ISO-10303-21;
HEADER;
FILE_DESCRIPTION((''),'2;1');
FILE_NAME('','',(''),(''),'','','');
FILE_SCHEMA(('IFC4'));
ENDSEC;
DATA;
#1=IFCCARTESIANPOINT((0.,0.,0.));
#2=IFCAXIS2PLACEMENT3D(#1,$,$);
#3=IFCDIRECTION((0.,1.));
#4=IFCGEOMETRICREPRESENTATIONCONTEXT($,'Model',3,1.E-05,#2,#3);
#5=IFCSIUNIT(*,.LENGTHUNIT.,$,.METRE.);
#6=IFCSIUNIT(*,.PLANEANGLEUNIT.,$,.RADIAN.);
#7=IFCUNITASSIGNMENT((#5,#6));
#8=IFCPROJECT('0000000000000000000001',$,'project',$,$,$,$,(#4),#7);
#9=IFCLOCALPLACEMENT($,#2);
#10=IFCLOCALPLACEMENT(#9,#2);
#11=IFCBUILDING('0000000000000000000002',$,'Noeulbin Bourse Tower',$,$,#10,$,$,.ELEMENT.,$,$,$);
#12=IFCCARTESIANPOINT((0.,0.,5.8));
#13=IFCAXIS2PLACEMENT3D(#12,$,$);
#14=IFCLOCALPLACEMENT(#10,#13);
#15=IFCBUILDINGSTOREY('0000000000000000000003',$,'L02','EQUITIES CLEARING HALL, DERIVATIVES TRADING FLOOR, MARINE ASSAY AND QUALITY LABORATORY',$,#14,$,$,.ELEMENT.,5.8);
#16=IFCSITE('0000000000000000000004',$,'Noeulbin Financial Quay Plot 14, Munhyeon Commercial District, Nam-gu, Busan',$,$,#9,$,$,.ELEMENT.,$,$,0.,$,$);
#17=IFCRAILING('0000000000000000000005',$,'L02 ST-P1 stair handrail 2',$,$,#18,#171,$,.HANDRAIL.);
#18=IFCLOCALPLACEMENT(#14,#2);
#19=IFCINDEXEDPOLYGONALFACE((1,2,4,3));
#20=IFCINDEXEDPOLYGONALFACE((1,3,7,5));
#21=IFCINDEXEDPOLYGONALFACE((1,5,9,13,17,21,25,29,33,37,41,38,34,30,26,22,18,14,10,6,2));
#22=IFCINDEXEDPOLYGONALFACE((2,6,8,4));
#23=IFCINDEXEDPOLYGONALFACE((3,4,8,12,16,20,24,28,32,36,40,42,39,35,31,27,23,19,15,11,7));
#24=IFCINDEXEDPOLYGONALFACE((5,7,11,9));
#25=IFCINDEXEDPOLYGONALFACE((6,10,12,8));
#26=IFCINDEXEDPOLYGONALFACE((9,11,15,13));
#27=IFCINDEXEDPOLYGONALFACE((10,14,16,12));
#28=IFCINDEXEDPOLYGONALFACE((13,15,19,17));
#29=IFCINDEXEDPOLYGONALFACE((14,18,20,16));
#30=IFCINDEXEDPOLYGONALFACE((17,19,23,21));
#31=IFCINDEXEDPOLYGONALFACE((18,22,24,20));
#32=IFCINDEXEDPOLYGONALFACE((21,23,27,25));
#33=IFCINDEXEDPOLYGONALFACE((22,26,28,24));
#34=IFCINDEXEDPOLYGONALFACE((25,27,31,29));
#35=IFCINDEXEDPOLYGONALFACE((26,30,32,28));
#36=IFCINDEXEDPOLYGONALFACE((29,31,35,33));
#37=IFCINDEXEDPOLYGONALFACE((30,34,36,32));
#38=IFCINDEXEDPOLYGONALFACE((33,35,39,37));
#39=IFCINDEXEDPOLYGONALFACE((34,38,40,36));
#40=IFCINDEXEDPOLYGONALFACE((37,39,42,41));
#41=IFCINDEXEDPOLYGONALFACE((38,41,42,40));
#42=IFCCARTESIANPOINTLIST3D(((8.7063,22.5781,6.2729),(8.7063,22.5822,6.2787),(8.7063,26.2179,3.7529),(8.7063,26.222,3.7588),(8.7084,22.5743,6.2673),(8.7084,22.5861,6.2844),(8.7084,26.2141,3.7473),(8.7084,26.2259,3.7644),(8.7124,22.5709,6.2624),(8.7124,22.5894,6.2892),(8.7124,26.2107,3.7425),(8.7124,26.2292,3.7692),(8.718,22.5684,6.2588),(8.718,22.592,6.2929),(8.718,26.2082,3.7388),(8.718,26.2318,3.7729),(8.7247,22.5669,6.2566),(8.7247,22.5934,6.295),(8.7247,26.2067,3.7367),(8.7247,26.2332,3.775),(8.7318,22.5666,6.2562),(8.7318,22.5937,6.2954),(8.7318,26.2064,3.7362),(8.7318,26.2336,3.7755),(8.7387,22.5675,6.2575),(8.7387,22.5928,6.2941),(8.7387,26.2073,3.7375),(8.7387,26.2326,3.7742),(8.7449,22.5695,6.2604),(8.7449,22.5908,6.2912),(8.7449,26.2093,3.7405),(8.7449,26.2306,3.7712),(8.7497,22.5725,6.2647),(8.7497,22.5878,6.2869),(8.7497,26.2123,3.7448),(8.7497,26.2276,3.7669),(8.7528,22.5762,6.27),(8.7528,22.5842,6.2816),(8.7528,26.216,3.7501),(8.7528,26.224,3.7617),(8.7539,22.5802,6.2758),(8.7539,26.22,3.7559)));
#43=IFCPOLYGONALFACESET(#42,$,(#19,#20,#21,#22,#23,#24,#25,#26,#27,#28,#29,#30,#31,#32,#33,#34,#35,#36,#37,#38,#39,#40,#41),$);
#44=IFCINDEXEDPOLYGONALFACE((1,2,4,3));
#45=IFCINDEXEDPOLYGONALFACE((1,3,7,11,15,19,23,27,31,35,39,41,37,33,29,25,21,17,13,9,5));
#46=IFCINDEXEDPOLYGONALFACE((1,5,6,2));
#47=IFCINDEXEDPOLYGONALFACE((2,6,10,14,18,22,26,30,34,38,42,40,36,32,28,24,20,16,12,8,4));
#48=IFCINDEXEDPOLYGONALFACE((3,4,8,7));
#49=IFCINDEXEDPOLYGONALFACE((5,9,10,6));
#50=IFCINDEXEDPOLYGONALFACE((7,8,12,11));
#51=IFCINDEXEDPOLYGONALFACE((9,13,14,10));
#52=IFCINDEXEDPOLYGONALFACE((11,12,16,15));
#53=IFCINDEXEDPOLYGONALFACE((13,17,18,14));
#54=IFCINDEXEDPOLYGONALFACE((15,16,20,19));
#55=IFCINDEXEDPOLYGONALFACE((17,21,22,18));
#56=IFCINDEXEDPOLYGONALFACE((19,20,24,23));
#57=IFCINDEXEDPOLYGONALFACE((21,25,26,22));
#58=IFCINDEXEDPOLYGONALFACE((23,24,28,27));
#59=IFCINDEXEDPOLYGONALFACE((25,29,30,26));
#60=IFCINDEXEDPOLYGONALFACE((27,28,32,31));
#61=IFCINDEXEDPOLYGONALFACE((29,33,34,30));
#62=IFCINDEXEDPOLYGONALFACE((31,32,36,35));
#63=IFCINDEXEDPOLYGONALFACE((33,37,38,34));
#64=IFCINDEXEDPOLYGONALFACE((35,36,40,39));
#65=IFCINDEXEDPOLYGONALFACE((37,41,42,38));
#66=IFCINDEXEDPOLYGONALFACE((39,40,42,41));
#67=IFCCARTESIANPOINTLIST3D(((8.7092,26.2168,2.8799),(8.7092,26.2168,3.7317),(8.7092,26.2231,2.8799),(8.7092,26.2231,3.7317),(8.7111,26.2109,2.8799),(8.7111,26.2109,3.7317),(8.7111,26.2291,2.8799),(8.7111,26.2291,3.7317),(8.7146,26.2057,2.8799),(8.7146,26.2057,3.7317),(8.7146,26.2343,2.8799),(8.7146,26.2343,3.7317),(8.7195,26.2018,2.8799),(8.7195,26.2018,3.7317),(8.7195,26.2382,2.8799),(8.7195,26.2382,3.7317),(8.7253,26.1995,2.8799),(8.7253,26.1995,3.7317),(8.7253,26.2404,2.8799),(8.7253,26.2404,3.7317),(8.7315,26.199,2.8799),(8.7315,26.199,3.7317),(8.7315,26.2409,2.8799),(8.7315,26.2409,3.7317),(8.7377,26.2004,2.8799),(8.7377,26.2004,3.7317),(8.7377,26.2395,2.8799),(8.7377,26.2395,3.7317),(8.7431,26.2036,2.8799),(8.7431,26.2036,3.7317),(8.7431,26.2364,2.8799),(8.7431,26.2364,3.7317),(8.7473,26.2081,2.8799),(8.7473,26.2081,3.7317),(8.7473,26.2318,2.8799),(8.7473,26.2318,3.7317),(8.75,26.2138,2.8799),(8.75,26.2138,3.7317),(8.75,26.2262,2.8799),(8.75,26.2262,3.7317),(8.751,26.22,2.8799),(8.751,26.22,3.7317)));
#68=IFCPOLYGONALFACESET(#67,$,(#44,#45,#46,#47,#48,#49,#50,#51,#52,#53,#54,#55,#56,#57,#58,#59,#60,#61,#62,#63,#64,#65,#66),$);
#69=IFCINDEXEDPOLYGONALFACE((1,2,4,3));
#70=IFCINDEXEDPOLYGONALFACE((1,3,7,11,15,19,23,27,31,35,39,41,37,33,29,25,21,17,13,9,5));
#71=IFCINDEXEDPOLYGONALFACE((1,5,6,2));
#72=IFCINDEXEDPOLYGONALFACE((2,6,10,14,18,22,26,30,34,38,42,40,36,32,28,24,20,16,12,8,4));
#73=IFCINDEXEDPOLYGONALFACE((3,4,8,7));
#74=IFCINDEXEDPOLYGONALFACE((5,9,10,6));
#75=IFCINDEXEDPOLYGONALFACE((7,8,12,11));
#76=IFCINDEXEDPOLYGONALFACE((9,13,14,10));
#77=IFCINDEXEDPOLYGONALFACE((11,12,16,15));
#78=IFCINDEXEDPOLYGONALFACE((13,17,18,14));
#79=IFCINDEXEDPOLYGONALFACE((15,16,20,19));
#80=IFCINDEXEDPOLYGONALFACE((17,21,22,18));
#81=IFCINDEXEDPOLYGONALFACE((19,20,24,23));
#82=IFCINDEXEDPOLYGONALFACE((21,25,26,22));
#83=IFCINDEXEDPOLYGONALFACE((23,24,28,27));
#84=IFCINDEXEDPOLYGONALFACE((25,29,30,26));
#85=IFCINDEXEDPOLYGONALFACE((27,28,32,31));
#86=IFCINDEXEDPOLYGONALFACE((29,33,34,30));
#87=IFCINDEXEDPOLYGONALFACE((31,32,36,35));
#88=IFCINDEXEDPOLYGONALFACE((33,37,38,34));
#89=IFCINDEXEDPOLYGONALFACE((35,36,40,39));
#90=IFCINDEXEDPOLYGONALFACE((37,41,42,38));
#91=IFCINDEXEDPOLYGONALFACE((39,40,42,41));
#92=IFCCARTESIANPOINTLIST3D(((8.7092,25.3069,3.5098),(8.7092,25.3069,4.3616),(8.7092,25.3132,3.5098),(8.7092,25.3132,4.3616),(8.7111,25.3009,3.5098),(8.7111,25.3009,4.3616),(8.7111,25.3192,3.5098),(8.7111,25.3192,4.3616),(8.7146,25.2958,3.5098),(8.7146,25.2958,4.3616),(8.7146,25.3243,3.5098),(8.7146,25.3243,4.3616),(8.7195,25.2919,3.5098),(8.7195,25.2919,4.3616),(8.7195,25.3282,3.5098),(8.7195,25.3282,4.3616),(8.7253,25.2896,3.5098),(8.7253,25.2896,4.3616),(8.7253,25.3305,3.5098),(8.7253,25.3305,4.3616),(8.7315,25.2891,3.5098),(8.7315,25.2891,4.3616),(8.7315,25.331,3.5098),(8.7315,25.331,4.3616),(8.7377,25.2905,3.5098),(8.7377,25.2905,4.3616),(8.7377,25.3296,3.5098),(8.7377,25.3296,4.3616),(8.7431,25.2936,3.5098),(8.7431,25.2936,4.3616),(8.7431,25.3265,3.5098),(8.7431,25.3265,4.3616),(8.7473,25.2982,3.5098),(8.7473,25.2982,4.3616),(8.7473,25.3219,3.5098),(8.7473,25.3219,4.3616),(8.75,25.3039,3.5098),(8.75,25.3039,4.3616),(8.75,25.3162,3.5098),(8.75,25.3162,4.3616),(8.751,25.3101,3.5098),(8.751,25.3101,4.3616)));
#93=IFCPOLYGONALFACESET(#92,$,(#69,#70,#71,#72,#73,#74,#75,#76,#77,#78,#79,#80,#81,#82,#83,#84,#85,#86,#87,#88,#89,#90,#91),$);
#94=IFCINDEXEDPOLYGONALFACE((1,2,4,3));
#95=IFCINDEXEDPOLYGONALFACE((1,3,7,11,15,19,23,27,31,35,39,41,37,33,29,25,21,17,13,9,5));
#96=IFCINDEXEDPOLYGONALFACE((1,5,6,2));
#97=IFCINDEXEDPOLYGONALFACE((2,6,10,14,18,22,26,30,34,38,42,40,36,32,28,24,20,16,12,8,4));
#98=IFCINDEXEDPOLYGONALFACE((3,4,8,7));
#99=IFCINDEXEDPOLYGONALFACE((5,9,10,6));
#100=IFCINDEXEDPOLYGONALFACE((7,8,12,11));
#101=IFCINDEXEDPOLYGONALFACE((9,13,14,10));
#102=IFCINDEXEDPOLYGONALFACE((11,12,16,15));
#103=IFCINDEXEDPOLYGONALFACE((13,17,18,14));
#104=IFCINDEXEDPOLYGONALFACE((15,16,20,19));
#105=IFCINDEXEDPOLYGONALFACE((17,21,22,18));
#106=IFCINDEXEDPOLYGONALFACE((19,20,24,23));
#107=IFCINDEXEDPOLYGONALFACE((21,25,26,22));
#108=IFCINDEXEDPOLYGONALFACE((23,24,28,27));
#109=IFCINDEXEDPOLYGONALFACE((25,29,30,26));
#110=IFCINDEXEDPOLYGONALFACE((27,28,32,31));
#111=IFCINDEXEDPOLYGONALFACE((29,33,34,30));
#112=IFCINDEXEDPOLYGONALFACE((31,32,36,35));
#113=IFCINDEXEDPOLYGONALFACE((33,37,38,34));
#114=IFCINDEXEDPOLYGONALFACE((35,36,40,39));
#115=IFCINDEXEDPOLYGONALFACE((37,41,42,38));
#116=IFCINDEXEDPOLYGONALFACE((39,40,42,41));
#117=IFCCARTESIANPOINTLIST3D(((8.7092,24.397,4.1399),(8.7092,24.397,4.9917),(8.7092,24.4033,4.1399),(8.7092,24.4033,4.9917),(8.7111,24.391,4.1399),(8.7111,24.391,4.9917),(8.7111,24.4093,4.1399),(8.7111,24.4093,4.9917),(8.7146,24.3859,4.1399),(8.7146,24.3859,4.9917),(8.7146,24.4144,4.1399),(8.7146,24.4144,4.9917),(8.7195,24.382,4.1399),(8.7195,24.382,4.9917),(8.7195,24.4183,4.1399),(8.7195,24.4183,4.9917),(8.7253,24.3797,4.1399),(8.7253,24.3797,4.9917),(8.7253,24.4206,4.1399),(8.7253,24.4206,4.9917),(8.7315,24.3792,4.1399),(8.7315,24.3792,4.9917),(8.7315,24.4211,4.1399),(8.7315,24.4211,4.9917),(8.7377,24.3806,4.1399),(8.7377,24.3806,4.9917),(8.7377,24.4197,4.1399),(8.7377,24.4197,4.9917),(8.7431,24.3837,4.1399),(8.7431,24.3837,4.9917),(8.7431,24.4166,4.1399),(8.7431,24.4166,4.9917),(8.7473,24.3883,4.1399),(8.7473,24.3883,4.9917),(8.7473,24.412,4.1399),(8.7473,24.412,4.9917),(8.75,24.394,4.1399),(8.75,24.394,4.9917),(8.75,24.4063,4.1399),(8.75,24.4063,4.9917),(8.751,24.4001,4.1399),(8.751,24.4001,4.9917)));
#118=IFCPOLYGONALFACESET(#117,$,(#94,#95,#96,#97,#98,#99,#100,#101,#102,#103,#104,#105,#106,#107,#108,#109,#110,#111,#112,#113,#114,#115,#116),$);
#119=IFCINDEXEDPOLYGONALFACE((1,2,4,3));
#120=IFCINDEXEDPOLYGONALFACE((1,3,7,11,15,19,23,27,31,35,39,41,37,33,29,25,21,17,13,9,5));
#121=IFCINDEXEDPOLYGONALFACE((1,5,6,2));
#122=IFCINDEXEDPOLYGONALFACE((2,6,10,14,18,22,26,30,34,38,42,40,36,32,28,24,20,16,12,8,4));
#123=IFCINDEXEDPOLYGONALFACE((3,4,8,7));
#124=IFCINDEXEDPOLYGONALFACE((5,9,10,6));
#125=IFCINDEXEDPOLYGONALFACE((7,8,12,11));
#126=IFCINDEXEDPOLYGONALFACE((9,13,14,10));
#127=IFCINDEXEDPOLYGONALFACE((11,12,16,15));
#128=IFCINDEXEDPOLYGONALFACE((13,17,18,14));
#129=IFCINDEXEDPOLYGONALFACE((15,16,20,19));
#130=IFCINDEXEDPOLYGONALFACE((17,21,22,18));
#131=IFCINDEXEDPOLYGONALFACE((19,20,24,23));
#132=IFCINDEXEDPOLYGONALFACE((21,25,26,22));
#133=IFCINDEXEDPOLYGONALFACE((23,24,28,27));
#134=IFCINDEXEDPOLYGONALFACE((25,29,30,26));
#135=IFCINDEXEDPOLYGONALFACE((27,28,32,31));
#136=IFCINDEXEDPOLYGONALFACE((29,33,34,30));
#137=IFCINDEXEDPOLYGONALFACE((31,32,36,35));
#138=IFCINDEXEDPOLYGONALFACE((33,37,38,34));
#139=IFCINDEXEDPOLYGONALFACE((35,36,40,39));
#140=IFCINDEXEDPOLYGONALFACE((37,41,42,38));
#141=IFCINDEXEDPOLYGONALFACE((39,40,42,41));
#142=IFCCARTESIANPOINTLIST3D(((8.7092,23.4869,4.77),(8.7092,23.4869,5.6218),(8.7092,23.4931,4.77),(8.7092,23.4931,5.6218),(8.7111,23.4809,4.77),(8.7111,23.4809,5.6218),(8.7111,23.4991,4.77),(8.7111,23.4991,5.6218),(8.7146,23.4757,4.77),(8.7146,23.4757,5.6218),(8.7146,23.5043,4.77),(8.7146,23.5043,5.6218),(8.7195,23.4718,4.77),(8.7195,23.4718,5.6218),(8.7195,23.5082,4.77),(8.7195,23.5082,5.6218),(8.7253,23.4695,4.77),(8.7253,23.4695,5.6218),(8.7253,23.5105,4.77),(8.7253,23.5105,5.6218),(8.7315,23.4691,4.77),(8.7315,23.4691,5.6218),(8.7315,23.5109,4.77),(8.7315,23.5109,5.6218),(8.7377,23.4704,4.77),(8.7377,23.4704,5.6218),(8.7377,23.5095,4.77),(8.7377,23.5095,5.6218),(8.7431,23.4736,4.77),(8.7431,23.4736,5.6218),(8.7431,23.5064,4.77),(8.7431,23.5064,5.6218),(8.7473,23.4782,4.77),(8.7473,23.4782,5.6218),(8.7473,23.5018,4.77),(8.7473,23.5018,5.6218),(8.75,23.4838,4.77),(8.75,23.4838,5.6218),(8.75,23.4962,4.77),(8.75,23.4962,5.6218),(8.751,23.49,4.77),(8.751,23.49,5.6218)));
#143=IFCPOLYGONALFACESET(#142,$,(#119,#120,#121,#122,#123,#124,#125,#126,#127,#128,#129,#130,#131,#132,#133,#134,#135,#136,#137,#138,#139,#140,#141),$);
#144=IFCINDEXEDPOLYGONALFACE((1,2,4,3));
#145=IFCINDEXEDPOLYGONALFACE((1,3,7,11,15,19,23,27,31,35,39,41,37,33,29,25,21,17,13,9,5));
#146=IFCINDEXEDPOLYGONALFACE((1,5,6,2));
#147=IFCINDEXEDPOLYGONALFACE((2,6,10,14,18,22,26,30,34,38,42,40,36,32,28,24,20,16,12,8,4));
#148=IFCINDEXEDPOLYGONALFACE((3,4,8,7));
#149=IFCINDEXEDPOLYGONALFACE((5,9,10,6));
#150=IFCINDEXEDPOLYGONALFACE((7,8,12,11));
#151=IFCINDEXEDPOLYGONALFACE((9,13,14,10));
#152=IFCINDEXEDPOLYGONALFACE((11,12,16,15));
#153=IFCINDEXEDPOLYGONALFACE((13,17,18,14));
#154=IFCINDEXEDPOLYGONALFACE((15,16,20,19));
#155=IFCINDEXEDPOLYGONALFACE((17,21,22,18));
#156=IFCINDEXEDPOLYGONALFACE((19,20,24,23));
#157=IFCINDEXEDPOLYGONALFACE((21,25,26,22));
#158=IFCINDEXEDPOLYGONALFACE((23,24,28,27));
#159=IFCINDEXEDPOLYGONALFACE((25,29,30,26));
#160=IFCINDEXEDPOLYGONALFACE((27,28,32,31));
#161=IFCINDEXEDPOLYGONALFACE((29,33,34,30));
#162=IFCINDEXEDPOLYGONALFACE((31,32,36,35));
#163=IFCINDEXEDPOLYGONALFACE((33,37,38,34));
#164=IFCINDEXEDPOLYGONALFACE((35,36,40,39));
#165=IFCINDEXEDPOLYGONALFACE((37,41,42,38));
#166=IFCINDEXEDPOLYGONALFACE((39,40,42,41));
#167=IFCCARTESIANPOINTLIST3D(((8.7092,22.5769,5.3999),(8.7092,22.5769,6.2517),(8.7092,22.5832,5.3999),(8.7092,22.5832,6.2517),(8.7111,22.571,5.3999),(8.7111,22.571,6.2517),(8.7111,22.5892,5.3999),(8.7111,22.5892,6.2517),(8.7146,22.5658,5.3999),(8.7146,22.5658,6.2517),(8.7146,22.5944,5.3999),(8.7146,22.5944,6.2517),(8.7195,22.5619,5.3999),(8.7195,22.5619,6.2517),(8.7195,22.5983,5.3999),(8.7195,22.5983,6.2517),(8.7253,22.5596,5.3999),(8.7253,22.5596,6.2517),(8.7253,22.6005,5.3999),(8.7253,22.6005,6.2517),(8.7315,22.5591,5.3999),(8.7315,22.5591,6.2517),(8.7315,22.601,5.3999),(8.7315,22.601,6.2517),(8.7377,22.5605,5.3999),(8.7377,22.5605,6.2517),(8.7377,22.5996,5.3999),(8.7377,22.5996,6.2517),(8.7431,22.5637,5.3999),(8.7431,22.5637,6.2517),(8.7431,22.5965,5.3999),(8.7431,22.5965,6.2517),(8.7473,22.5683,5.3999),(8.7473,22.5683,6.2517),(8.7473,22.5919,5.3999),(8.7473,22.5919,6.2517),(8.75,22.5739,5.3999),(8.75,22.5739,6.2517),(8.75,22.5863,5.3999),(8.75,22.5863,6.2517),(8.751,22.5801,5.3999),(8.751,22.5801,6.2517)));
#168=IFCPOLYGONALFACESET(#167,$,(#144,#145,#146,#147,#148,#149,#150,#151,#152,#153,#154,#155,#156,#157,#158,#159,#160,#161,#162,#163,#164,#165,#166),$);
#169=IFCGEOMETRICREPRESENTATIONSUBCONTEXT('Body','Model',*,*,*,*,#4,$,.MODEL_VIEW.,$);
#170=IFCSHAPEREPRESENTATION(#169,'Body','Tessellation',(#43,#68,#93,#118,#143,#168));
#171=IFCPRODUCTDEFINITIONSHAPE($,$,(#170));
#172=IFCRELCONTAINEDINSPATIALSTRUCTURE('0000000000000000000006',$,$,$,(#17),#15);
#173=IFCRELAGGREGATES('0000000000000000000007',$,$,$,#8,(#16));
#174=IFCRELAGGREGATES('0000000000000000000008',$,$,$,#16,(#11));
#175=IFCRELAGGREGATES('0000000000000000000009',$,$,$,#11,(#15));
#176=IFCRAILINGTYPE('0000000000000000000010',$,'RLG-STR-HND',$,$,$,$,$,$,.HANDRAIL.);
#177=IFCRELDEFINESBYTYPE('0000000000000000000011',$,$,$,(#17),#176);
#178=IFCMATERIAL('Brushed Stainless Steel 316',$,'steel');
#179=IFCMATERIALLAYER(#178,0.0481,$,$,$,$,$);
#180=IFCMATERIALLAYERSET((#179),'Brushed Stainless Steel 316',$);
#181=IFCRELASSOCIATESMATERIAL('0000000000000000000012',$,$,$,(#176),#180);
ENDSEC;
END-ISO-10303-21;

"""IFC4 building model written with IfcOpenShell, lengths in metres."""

from ifc_helpers import new_model, si_unit, direction, frame, origin, origin_2d, place, context, subcontext, project, spatial, circle, extrude, material, layer, layer_set, type_object, element, save


model = new_model("IFC4")

# Units and contexts
model_context = context("Model", 3, precision=1e-05, world=origin(), true_north=direction((0.0, 1.0)))
body_context = subcontext(model_context, "Body", "Model", "MODEL_VIEW")
ifc_project = project(units=[si_unit("LENGTHUNIT", "METRE"), si_unit("PLANEANGLEUNIT", "RADIAN")], contexts=[model_context])

# Site, building, storey
site_placement = place(None, origin())
site = spatial("IfcSite", under=ifc_project, at=site_placement, Name="Noeulbin Financial Quay Plot 14, Munhyeon Commercial District, Nam-gu, Busan", CompositionType="ELEMENT", RefElevation=0.0)
building_placement = place(site_placement, origin())
building = spatial("IfcBuilding", under=site, at=building_placement, Name="Noeulbin Bourse Tower", CompositionType="ELEMENT")
storey_placement = place(building_placement, frame((0.0, 0.0, 5.8)))
storey = spatial("IfcBuildingStorey", under=building, at=storey_placement, Name="L02", Description="EQUITIES CLEARING HALL, DERIVATIVES TRADING FLOOR, MARINE ASSAY AND QUALITY LABORATORY", CompositionType="ELEMENT", Elevation=5.8)

# Railing
ifc_material_1 = material(Name="Brushed Stainless Steel 316", Category="steel")
ifc_layer_1 = layer(ifc_material_1, 0.0481)
ifc_layer_set_1 = layer_set([ifc_layer_1], Name="Brushed Stainless Steel 316")
railing_type_1 = type_object("IfcRailingType", Name="RLG-STR-HND", PredefinedType="HANDRAIL", material=ifc_layer_set_1)
railing_1_placement = place(storey_placement, frame((8.73, 26.22, 2.8799)))
element("IfcRailing", 1, at=railing_1_placement, inside=storey, type_object=railing_type_1, Name="L02 ST-P1 stair handrail 2", PredefinedType="HANDRAIL", context=body_context, shape_type="SweptSolid", body=[
    extrude(circle(Radius=0.0239, at=origin_2d()), frame((0.0, 0.0, 0.876), z_axis=(0.0, -0.822182, 0.569224), x_axis=(1.0, 0.0, 0.0)), (0.0, 0.0, 1.0), 4.427),
    extrude(circle(Radius=0.021, at=origin_2d()), origin(), (0.0, 0.0, 1.0), 0.8518),
    extrude(circle(Radius=0.021, at=origin_2d()), frame((0.0, -0.9099, 0.6299)), (0.0, 0.0, 1.0), 0.8518),
    extrude(circle(Radius=0.021, at=origin_2d()), frame((0.0, -1.8198, 1.26)), (0.0, 0.0, 1.0), 0.8518),
    extrude(circle(Radius=0.021, at=origin_2d()), frame((0.0, -2.73, 1.8901)), (0.0, 0.0, 1.0), 0.8518),
    extrude(circle(Radius=0.021, at=origin_2d()), frame((0.0, -3.6399, 2.52)), (0.0, 0.0, 1.0), 0.8518),
])

save(model, "model.ifc")
